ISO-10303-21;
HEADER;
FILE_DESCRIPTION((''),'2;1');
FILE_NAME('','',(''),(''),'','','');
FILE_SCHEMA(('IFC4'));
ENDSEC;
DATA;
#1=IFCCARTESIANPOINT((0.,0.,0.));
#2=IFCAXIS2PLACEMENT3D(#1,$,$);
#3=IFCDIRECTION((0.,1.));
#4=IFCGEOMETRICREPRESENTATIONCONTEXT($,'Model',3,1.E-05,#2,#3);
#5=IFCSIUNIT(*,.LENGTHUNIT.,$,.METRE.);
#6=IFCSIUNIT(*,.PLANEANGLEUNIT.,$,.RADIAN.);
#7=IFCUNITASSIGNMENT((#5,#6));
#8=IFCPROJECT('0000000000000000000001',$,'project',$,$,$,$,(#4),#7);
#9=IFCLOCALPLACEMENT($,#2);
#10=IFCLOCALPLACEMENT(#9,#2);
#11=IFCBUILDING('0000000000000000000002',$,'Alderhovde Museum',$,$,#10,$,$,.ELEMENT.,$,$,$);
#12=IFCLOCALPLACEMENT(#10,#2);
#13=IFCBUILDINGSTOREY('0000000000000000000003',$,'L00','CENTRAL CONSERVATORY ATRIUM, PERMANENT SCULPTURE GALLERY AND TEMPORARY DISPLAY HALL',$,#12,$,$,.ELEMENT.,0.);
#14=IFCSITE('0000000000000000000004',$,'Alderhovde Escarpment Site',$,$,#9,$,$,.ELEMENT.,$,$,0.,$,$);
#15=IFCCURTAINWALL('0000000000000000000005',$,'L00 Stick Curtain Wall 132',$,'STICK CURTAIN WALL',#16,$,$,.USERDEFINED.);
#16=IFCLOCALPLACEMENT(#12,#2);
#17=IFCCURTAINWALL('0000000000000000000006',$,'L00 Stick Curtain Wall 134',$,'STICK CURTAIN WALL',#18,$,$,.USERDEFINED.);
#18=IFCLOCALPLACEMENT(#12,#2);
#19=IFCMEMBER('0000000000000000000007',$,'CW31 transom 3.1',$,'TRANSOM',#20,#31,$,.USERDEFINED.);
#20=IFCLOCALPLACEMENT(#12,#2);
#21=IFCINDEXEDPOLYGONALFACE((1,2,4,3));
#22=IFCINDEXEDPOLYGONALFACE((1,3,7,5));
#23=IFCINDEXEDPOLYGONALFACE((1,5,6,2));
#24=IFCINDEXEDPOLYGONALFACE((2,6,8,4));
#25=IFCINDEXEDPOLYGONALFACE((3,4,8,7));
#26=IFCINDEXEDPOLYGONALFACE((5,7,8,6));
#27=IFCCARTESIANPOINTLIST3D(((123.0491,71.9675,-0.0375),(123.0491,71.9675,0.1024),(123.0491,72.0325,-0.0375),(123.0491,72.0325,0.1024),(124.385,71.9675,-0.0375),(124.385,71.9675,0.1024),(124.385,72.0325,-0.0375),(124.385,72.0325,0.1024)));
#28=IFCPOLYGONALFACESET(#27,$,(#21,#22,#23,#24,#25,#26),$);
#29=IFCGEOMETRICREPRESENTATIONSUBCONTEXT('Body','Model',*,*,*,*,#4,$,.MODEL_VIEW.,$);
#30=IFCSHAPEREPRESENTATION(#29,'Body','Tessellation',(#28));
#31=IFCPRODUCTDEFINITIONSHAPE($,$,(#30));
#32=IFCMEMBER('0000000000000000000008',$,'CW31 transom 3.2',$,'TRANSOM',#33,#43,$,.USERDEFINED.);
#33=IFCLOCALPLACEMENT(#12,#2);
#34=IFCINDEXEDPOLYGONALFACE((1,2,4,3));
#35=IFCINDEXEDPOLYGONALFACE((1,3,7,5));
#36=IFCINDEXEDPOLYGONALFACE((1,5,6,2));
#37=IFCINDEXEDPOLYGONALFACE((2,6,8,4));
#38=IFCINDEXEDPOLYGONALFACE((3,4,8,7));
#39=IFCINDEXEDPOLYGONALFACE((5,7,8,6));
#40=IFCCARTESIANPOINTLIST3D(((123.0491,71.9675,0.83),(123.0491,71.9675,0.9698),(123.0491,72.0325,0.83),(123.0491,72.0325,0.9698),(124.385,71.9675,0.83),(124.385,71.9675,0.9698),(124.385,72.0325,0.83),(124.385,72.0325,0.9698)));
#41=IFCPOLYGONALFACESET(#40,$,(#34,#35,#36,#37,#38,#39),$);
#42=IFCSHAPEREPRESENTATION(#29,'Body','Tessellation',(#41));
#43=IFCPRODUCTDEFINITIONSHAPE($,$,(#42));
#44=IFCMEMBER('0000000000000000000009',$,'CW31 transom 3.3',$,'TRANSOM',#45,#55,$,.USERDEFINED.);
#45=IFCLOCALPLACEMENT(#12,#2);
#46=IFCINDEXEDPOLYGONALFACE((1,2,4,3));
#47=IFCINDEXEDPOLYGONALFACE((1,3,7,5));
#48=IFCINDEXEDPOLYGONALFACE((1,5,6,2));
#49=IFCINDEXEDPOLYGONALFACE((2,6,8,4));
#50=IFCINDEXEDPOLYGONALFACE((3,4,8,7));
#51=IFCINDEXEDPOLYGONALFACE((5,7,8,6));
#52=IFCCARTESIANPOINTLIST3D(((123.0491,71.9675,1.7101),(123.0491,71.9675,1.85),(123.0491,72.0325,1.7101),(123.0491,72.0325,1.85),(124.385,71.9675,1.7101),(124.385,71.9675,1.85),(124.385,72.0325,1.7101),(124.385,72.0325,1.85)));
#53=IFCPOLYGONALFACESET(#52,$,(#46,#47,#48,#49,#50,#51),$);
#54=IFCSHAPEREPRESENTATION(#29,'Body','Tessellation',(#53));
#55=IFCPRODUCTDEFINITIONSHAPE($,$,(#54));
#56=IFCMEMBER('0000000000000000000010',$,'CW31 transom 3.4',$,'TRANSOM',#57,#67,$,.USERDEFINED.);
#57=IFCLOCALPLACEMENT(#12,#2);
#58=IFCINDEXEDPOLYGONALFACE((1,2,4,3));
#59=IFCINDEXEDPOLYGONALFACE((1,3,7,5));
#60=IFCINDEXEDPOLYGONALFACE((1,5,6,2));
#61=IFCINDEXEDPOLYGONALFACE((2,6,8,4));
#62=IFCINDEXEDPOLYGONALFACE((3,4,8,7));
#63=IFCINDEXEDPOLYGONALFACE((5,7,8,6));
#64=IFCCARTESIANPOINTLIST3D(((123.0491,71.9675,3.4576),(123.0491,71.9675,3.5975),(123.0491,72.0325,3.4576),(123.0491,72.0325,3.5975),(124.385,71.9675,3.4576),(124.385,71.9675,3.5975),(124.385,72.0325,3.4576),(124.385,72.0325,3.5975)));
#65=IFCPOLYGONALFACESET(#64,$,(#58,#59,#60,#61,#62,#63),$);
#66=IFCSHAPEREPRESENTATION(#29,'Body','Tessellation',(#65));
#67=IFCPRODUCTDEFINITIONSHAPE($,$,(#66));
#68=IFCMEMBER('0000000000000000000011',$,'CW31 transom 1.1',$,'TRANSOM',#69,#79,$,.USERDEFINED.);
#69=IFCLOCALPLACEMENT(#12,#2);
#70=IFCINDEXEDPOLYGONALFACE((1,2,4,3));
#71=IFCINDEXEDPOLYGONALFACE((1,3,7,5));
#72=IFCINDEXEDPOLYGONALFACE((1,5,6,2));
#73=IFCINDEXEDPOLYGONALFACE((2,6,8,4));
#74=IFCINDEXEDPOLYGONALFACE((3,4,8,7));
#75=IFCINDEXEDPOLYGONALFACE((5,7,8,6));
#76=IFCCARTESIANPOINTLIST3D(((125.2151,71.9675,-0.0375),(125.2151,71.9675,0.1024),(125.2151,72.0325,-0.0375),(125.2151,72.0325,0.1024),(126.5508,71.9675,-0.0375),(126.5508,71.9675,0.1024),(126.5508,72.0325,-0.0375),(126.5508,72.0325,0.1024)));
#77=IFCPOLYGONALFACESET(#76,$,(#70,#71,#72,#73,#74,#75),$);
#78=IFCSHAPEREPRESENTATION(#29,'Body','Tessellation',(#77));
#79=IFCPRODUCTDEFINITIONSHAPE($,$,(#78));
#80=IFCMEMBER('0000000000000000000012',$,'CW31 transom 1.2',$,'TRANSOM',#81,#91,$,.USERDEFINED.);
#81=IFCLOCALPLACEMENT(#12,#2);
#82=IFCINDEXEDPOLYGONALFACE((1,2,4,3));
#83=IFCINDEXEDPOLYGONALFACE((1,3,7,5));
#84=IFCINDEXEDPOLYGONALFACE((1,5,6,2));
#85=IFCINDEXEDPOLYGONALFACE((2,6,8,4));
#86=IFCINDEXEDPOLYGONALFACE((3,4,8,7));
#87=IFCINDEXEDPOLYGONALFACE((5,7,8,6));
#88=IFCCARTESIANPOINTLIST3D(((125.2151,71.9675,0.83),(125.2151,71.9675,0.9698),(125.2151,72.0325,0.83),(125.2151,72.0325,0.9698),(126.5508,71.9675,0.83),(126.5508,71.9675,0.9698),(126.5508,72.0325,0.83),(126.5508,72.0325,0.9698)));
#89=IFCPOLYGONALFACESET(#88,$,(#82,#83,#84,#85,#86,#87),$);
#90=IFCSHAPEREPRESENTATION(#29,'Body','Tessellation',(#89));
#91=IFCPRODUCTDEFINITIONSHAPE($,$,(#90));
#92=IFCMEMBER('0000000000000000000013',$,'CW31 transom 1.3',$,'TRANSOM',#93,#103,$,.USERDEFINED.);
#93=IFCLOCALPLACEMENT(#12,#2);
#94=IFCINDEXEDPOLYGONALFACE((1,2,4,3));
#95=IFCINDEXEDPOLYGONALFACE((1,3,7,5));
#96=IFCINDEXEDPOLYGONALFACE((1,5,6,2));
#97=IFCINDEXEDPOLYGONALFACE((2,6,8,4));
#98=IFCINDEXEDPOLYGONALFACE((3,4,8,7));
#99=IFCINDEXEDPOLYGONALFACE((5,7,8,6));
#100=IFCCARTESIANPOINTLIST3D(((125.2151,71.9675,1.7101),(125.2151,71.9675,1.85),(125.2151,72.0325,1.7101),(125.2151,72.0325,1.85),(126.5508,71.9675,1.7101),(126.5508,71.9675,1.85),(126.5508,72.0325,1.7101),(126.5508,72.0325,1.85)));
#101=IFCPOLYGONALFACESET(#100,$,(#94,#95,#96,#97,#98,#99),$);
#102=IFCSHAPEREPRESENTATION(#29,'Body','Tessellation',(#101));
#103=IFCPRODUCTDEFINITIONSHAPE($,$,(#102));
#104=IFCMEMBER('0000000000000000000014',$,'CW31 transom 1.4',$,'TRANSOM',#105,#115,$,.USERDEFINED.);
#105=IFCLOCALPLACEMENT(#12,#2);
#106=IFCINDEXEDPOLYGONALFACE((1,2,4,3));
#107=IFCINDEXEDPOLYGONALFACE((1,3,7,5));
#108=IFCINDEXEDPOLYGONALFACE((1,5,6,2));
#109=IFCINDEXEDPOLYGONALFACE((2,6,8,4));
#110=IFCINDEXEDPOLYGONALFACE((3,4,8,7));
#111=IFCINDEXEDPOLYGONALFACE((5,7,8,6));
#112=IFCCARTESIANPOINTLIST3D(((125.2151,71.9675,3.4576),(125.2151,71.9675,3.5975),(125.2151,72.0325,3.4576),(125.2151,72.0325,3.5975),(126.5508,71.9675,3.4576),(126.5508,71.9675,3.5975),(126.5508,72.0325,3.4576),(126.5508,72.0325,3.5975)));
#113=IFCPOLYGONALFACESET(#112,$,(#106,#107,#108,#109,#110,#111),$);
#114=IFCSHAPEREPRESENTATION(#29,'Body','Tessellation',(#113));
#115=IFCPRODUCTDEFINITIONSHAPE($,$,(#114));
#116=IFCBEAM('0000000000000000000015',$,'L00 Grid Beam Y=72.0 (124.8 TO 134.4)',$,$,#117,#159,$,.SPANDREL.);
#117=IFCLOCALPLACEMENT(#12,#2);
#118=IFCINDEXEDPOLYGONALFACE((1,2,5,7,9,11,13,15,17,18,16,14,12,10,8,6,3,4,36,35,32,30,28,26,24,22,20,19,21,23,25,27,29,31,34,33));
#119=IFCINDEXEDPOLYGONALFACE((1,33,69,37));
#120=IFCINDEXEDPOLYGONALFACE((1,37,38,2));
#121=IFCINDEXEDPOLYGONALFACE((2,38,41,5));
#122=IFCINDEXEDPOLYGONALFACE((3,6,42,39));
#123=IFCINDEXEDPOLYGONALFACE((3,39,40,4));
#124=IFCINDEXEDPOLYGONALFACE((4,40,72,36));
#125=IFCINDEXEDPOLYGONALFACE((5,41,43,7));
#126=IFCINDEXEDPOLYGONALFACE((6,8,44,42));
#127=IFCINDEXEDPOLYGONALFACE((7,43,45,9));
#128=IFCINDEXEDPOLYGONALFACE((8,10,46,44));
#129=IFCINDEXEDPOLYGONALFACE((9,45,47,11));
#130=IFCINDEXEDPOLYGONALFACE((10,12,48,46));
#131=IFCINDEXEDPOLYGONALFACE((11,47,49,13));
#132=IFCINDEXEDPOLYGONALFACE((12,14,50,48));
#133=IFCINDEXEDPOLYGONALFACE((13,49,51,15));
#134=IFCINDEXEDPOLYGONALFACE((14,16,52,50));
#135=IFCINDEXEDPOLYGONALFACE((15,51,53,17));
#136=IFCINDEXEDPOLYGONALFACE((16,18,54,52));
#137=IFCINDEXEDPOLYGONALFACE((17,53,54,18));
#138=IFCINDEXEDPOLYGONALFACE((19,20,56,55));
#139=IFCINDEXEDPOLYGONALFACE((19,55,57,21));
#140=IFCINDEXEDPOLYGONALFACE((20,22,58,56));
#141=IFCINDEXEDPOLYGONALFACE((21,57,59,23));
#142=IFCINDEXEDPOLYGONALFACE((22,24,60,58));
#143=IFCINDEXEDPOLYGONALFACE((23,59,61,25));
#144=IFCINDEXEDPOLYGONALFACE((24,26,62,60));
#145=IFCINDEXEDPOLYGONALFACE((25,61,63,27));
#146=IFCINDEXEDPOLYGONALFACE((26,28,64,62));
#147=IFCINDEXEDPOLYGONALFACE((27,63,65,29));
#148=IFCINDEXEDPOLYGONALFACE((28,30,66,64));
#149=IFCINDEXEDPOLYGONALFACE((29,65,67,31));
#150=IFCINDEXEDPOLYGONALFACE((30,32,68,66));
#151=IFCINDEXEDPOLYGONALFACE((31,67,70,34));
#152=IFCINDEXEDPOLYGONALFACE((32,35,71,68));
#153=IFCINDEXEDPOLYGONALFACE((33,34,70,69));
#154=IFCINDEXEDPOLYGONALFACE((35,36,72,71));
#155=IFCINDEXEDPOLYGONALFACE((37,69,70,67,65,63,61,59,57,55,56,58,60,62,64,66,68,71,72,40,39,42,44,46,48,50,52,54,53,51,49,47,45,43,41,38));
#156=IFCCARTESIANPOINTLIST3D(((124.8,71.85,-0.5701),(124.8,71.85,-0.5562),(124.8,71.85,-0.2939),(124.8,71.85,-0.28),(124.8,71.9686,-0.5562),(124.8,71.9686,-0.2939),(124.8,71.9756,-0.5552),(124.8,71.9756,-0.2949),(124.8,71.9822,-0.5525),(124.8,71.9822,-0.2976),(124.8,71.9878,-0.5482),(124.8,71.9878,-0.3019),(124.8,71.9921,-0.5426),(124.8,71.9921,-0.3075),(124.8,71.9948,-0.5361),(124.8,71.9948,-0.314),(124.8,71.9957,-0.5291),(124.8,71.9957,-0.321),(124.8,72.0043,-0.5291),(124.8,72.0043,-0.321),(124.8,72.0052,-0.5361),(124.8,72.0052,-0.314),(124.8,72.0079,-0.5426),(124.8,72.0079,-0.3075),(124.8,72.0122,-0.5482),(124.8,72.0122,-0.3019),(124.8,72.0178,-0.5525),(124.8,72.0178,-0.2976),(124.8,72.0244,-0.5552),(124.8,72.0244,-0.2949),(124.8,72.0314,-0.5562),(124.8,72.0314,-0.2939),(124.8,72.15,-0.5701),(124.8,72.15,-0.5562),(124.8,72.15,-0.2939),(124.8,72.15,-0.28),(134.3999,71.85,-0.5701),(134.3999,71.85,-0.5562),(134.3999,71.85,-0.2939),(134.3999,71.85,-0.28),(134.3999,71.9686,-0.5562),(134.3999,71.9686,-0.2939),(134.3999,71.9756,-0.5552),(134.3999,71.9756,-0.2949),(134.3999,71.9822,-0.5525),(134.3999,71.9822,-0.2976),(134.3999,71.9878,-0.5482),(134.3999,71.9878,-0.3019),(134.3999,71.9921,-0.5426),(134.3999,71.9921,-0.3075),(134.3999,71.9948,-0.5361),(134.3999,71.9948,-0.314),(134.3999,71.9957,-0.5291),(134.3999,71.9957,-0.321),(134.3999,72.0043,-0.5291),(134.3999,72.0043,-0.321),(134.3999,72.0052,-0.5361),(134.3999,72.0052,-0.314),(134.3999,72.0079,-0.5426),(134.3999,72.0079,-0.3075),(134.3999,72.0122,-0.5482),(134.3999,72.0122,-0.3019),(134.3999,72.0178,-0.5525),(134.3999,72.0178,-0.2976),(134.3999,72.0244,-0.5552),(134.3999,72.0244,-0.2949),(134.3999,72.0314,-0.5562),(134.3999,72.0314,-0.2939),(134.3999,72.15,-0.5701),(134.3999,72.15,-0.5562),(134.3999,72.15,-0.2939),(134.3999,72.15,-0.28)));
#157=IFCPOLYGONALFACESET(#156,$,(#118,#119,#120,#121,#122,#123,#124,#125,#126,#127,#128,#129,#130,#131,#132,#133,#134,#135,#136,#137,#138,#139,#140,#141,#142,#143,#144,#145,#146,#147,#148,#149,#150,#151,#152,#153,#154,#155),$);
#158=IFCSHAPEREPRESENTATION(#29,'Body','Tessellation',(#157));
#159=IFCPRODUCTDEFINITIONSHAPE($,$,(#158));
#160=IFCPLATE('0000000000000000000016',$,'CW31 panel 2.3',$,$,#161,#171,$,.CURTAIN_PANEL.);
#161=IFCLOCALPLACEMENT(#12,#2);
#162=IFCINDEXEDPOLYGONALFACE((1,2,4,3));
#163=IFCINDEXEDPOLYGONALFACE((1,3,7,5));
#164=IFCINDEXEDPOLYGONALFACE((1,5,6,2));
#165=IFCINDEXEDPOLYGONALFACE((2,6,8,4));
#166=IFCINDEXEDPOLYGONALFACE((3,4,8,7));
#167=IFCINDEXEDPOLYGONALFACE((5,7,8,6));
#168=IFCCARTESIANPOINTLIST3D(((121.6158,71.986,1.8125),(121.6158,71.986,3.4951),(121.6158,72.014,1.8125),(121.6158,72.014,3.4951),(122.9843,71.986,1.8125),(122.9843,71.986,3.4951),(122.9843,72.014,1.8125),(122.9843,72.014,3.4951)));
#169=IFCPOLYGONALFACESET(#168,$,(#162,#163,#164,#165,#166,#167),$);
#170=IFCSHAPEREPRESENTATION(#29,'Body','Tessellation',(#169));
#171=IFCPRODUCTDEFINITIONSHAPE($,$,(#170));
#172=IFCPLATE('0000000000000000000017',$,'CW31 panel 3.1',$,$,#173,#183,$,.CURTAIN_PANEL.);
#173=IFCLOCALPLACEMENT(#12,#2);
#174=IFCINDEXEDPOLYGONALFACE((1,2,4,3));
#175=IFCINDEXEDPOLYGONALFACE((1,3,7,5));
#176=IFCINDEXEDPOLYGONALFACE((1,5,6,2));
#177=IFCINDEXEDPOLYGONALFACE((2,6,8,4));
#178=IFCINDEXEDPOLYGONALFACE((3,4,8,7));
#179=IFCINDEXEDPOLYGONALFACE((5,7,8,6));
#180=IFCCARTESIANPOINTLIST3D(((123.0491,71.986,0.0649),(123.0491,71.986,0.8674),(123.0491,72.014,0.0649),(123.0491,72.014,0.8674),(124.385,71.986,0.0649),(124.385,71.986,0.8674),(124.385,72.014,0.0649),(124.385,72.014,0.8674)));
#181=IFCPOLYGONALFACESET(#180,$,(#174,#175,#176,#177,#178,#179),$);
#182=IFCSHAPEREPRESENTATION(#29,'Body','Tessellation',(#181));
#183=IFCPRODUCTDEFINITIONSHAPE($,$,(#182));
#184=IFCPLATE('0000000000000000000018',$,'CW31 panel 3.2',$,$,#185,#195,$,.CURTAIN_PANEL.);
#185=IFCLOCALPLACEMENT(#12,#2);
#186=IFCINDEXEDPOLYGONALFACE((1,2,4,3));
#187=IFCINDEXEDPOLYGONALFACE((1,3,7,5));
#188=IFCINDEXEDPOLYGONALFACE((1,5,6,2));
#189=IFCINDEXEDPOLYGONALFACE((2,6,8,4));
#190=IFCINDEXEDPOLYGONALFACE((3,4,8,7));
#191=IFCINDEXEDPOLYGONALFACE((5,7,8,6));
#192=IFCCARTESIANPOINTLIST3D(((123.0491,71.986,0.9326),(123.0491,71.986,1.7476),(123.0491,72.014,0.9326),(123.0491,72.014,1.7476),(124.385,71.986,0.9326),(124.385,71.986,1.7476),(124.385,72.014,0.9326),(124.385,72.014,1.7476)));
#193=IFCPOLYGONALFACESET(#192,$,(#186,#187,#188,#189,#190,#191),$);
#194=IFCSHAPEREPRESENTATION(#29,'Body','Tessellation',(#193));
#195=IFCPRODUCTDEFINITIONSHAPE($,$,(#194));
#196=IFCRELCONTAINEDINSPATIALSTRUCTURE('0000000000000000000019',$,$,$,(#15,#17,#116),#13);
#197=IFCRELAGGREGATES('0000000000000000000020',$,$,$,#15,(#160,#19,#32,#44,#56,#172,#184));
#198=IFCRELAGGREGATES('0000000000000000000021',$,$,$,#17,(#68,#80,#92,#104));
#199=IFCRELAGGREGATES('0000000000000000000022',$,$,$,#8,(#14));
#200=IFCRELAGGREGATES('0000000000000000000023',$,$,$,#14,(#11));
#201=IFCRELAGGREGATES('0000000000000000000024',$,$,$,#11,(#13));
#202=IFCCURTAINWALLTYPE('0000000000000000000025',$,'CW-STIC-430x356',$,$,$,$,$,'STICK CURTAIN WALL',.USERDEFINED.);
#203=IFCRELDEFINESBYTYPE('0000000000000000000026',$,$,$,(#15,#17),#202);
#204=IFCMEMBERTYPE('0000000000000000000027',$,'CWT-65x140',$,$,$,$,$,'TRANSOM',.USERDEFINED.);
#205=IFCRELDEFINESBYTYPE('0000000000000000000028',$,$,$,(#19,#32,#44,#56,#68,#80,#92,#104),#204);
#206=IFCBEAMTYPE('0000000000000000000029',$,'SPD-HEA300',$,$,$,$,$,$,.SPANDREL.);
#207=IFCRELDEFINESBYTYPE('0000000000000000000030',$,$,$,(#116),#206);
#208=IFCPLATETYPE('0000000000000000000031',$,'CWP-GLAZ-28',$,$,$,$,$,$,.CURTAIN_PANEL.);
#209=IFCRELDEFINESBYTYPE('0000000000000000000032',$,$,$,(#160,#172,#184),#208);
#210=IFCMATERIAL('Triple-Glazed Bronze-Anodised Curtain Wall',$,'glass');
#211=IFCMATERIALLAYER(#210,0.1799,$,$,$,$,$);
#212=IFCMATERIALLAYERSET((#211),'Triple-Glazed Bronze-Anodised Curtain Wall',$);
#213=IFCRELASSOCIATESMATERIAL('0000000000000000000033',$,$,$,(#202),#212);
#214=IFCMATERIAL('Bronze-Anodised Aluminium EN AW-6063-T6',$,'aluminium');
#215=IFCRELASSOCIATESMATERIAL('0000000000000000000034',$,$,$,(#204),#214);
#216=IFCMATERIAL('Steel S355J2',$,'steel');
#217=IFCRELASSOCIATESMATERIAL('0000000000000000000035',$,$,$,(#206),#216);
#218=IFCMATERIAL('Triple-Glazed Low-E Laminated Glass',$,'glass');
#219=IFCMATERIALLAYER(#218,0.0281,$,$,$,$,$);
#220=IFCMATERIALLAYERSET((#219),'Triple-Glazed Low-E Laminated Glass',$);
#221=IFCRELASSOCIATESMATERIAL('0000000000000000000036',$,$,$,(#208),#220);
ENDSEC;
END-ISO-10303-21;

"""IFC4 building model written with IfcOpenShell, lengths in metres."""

from ifc_helpers import new_model, si_unit, direction, frame, origin, origin_2d, place, context, subcontext, project, spatial, rectangle, i_section, extrude, material, layer, layer_set, material_profile, profile_set, type_object, element, aggregate, save


model = new_model("IFC4")

# Units and contexts
model_context = context("Model", 3, precision=1e-05, world=origin(), true_north=direction((0.0, 1.0)))
body_context = subcontext(model_context, "Body", "Model", "MODEL_VIEW")
ifc_project = project(units=[si_unit("LENGTHUNIT", "METRE"), si_unit("PLANEANGLEUNIT", "RADIAN")], contexts=[model_context])

# Site, building, storey
site_placement = place(None, origin())
site = spatial("IfcSite", under=ifc_project, at=site_placement, Name="Alderhovde Escarpment Site", CompositionType="ELEMENT", RefElevation=0.0)
building_placement = place(site_placement, origin())
building = spatial("IfcBuilding", under=site, at=building_placement, Name="Alderhovde Museum", CompositionType="ELEMENT")
storey_placement = place(building_placement, origin())
storey = spatial("IfcBuildingStorey", under=building, at=storey_placement, Name="L00", Description="CENTRAL CONSERVATORY ATRIUM, PERMANENT SCULPTURE GALLERY AND TEMPORARY DISPLAY HALL", CompositionType="ELEMENT", Elevation=0.0)

# Curtain wall
ifc_material_1 = material(Name="Triple-Glazed Bronze-Anodised Curtain Wall", Category="glass")
ifc_layer_1 = layer(ifc_material_1, 0.1799)
ifc_layer_set_1 = layer_set([ifc_layer_1], Name="Triple-Glazed Bronze-Anodised Curtain Wall")
curtain_wall_type = type_object("IfcCurtainWallType", Name="CW-STIC-430x356", ElementType="STICK CURTAIN WALL", PredefinedType="USERDEFINED", material=ifc_layer_set_1)
curtain_wall_1_placement = place(storey_placement, origin())
curtain_wall_1 = element("IfcCurtainWall", 1, at=curtain_wall_1_placement, inside=storey, type_object=curtain_wall_type, Name="L00 Stick Curtain Wall 132", ObjectType="STICK CURTAIN WALL", PredefinedType="USERDEFINED")

# Curtain wall
curtain_wall_2_placement = place(storey_placement, origin())
curtain_wall_2 = element("IfcCurtainWall", 2, at=curtain_wall_2_placement, inside=storey, type_object=curtain_wall_type, Name="L00 Stick Curtain Wall 134", ObjectType="STICK CURTAIN WALL", PredefinedType="USERDEFINED")

# Members
ifc_material_2 = material(Name="Bronze-Anodised Aluminium EN AW-6063-T6", Category="aluminium")
ifc_material_profile_1 = material_profile(ifc_material_2, rectangle(XDim=0.0649, YDim=0.1399, at=origin_2d()), Name="TRANSOM 65x140")
ifc_profile_set_1 = profile_set([ifc_material_profile_1], Name="Bronze-Anodised Aluminium EN AW-6063-T6")
member_type_1 = type_object("IfcMemberType", Name="CWT-65x140", ElementType="TRANSOM", PredefinedType="USERDEFINED", material=ifc_profile_set_1)
member_1_placement = place(storey_placement, frame((123.0491, 72.0, 0.0325), z_axis=(1.0, 0.0, 0.0), x_axis=(0.0, 1.0, 0.0)))
member_1 = element("IfcMember", 3, at=member_1_placement, type_object=member_type_1, Name="CW31 transom 3.1", ObjectType="TRANSOM", PredefinedType="USERDEFINED", context=body_context, shape_type="SweptSolid", body=[
    extrude(rectangle(XDim=0.0649, YDim=0.1399, at=origin_2d()), origin(), (0.0, 0.0, 1.0), 1.3359),
])
member_2_placement = place(storey_placement, frame((123.0491, 72.0, 0.8999), z_axis=(1.0, 0.0, 0.0), x_axis=(0.0, 1.0, 0.0)))
member_2 = element("IfcMember", 4, at=member_2_placement, type_object=member_type_1, Name="CW31 transom 3.2", ObjectType="TRANSOM", PredefinedType="USERDEFINED", context=body_context, shape_type="SweptSolid", body=[
    extrude(rectangle(XDim=0.0649, YDim=0.1399, at=origin_2d()), origin(), (0.0, 0.0, 1.0), 1.3359),
])
member_3_placement = place(storey_placement, frame((123.0491, 72.0, 1.78), z_axis=(1.0, 0.0, 0.0), x_axis=(0.0, 1.0, 0.0)))
member_3 = element("IfcMember", 5, at=member_3_placement, type_object=member_type_1, Name="CW31 transom 3.3", ObjectType="TRANSOM", PredefinedType="USERDEFINED", context=body_context, shape_type="SweptSolid", body=[
    extrude(rectangle(XDim=0.0649, YDim=0.1399, at=origin_2d()), origin(), (0.0, 0.0, 1.0), 1.3359),
])
member_4_placement = place(storey_placement, frame((123.0491, 72.0, 3.5276), z_axis=(1.0, 0.0, 0.0), x_axis=(0.0, 1.0, 0.0)))
member_4 = element("IfcMember", 6, at=member_4_placement, type_object=member_type_1, Name="CW31 transom 3.4", ObjectType="TRANSOM", PredefinedType="USERDEFINED", context=body_context, shape_type="SweptSolid", body=[
    extrude(rectangle(XDim=0.0649, YDim=0.1399, at=origin_2d()), origin(), (0.0, 0.0, 1.0), 1.3359),
])
member_5_placement = place(storey_placement, frame((125.2151, 72.0, 0.0325), z_axis=(1.0, 0.0, 0.0), x_axis=(0.0, 1.0, 0.0)))
member_5 = element("IfcMember", 7, at=member_5_placement, type_object=member_type_1, Name="CW31 transom 1.1", ObjectType="TRANSOM", PredefinedType="USERDEFINED", context=body_context, shape_type="SweptSolid", body=[
    extrude(rectangle(XDim=0.0649, YDim=0.1399, at=origin_2d()), origin(), (0.0, 0.0, 1.0), 1.3357),
])
member_6_placement = place(storey_placement, frame((125.2151, 72.0, 0.8999), z_axis=(1.0, 0.0, 0.0), x_axis=(0.0, 1.0, 0.0)))
member_6 = element("IfcMember", 8, at=member_6_placement, type_object=member_type_1, Name="CW31 transom 1.2", ObjectType="TRANSOM", PredefinedType="USERDEFINED", context=body_context, shape_type="SweptSolid", body=[
    extrude(rectangle(XDim=0.0649, YDim=0.1399, at=origin_2d()), origin(), (0.0, 0.0, 1.0), 1.3357),
])
member_7_placement = place(storey_placement, frame((125.2151, 72.0, 1.78), z_axis=(1.0, 0.0, 0.0), x_axis=(0.0, 1.0, 0.0)))
member_7 = element("IfcMember", 9, at=member_7_placement, type_object=member_type_1, Name="CW31 transom 1.3", ObjectType="TRANSOM", PredefinedType="USERDEFINED", context=body_context, shape_type="SweptSolid", body=[
    extrude(rectangle(XDim=0.0649, YDim=0.1399, at=origin_2d()), origin(), (0.0, 0.0, 1.0), 1.3357),
])
member_8_placement = place(storey_placement, frame((125.2151, 72.0, 3.5276), z_axis=(1.0, 0.0, 0.0), x_axis=(0.0, 1.0, 0.0)))
member_8 = element("IfcMember", 10, at=member_8_placement, type_object=member_type_1, Name="CW31 transom 1.4", ObjectType="TRANSOM", PredefinedType="USERDEFINED", context=body_context, shape_type="SweptSolid", body=[
    extrude(rectangle(XDim=0.0649, YDim=0.1399, at=origin_2d()), origin(), (0.0, 0.0, 1.0), 1.3357),
])

# Beam
ifc_material_3 = material(Name="Steel S355J2", Category="steel")
ifc_material_profile_2 = material_profile(ifc_material_3, i_section(OverallWidth=0.3, OverallDepth=0.29, WebThickness=0.0085, FlangeThickness=0.0139, FilletRadius=0.0271, at=origin_2d()), Name="HEA 300")
ifc_profile_set_2 = profile_set([ifc_material_profile_2], Name="Steel S355J2")
beam_type_1 = type_object("IfcBeamType", Name="SPD-HEA300", PredefinedType="SPANDREL", material=ifc_profile_set_2)
beam_1_placement = place(storey_placement, frame((124.8, 72.0, -0.425), z_axis=(1.0, 0.0, 0.0), x_axis=(0.0, 1.0, 0.0)))
element("IfcBeam", 11, at=beam_1_placement, inside=storey, type_object=beam_type_1, Name="L00 Grid Beam Y=72.0 (124.8 TO 134.4)", PredefinedType="SPANDREL", context=body_context, shape_type="SweptSolid", body=[
    extrude(i_section(OverallWidth=0.3, OverallDepth=0.29, WebThickness=0.0085, FlangeThickness=0.0139, FilletRadius=0.0271, at=origin_2d()), origin(), (0.0, 0.0, 1.0), 9.5999),
])

# Plates
ifc_material_4 = material(Name="Triple-Glazed Low-E Laminated Glass", Category="glass")
ifc_layer_2 = layer(ifc_material_4, 0.0281)
ifc_layer_set_2 = layer_set([ifc_layer_2], Name="Triple-Glazed Low-E Laminated Glass")
plate_type_1 = type_object("IfcPlateType", Name="CWP-GLAZ-28", PredefinedType="CURTAIN_PANEL", material=ifc_layer_set_2)
plate_1_placement = place(storey_placement, frame((122.3, 72.0, 1.8125), z_axis=(0.0, 0.0, 1.0), x_axis=(1.0, 0.0, 0.0)))
plate_1 = element("IfcPlate", 12, at=plate_1_placement, type_object=plate_type_1, Name="CW31 panel 2.3", PredefinedType="CURTAIN_PANEL", context=body_context, shape_type="SweptSolid", body=[
    extrude(rectangle(XDim=1.3684, YDim=0.0281, at=origin_2d()), origin(), (0.0, 0.0, 1.0), 1.6826),
])
plate_2_placement = place(storey_placement, frame((123.717, 72.0, 0.0649), z_axis=(0.0, 0.0, 1.0), x_axis=(1.0, 0.0, 0.0)))
plate_2 = element("IfcPlate", 13, at=plate_2_placement, type_object=plate_type_1, Name="CW31 panel 3.1", PredefinedType="CURTAIN_PANEL", context=body_context, shape_type="SweptSolid", body=[
    extrude(rectangle(XDim=1.3359, YDim=0.0281, at=origin_2d()), origin(), (0.0, 0.0, 1.0), 0.8025),
])
plate_3_placement = place(storey_placement, frame((123.717, 72.0, 0.9326), z_axis=(0.0, 0.0, 1.0), x_axis=(1.0, 0.0, 0.0)))
plate_3 = element("IfcPlate", 14, at=plate_3_placement, type_object=plate_type_1, Name="CW31 panel 3.2", PredefinedType="CURTAIN_PANEL", context=body_context, shape_type="SweptSolid", body=[
    extrude(rectangle(XDim=1.3359, YDim=0.0281, at=origin_2d()), origin(), (0.0, 0.0, 1.0), 0.8149),
])
aggregate(curtain_wall_1, [plate_1, member_1, member_2, member_3, member_4, plate_2, plate_3])
aggregate(curtain_wall_2, [member_5, member_6, member_7, member_8])

save(model, "model.ifc")
